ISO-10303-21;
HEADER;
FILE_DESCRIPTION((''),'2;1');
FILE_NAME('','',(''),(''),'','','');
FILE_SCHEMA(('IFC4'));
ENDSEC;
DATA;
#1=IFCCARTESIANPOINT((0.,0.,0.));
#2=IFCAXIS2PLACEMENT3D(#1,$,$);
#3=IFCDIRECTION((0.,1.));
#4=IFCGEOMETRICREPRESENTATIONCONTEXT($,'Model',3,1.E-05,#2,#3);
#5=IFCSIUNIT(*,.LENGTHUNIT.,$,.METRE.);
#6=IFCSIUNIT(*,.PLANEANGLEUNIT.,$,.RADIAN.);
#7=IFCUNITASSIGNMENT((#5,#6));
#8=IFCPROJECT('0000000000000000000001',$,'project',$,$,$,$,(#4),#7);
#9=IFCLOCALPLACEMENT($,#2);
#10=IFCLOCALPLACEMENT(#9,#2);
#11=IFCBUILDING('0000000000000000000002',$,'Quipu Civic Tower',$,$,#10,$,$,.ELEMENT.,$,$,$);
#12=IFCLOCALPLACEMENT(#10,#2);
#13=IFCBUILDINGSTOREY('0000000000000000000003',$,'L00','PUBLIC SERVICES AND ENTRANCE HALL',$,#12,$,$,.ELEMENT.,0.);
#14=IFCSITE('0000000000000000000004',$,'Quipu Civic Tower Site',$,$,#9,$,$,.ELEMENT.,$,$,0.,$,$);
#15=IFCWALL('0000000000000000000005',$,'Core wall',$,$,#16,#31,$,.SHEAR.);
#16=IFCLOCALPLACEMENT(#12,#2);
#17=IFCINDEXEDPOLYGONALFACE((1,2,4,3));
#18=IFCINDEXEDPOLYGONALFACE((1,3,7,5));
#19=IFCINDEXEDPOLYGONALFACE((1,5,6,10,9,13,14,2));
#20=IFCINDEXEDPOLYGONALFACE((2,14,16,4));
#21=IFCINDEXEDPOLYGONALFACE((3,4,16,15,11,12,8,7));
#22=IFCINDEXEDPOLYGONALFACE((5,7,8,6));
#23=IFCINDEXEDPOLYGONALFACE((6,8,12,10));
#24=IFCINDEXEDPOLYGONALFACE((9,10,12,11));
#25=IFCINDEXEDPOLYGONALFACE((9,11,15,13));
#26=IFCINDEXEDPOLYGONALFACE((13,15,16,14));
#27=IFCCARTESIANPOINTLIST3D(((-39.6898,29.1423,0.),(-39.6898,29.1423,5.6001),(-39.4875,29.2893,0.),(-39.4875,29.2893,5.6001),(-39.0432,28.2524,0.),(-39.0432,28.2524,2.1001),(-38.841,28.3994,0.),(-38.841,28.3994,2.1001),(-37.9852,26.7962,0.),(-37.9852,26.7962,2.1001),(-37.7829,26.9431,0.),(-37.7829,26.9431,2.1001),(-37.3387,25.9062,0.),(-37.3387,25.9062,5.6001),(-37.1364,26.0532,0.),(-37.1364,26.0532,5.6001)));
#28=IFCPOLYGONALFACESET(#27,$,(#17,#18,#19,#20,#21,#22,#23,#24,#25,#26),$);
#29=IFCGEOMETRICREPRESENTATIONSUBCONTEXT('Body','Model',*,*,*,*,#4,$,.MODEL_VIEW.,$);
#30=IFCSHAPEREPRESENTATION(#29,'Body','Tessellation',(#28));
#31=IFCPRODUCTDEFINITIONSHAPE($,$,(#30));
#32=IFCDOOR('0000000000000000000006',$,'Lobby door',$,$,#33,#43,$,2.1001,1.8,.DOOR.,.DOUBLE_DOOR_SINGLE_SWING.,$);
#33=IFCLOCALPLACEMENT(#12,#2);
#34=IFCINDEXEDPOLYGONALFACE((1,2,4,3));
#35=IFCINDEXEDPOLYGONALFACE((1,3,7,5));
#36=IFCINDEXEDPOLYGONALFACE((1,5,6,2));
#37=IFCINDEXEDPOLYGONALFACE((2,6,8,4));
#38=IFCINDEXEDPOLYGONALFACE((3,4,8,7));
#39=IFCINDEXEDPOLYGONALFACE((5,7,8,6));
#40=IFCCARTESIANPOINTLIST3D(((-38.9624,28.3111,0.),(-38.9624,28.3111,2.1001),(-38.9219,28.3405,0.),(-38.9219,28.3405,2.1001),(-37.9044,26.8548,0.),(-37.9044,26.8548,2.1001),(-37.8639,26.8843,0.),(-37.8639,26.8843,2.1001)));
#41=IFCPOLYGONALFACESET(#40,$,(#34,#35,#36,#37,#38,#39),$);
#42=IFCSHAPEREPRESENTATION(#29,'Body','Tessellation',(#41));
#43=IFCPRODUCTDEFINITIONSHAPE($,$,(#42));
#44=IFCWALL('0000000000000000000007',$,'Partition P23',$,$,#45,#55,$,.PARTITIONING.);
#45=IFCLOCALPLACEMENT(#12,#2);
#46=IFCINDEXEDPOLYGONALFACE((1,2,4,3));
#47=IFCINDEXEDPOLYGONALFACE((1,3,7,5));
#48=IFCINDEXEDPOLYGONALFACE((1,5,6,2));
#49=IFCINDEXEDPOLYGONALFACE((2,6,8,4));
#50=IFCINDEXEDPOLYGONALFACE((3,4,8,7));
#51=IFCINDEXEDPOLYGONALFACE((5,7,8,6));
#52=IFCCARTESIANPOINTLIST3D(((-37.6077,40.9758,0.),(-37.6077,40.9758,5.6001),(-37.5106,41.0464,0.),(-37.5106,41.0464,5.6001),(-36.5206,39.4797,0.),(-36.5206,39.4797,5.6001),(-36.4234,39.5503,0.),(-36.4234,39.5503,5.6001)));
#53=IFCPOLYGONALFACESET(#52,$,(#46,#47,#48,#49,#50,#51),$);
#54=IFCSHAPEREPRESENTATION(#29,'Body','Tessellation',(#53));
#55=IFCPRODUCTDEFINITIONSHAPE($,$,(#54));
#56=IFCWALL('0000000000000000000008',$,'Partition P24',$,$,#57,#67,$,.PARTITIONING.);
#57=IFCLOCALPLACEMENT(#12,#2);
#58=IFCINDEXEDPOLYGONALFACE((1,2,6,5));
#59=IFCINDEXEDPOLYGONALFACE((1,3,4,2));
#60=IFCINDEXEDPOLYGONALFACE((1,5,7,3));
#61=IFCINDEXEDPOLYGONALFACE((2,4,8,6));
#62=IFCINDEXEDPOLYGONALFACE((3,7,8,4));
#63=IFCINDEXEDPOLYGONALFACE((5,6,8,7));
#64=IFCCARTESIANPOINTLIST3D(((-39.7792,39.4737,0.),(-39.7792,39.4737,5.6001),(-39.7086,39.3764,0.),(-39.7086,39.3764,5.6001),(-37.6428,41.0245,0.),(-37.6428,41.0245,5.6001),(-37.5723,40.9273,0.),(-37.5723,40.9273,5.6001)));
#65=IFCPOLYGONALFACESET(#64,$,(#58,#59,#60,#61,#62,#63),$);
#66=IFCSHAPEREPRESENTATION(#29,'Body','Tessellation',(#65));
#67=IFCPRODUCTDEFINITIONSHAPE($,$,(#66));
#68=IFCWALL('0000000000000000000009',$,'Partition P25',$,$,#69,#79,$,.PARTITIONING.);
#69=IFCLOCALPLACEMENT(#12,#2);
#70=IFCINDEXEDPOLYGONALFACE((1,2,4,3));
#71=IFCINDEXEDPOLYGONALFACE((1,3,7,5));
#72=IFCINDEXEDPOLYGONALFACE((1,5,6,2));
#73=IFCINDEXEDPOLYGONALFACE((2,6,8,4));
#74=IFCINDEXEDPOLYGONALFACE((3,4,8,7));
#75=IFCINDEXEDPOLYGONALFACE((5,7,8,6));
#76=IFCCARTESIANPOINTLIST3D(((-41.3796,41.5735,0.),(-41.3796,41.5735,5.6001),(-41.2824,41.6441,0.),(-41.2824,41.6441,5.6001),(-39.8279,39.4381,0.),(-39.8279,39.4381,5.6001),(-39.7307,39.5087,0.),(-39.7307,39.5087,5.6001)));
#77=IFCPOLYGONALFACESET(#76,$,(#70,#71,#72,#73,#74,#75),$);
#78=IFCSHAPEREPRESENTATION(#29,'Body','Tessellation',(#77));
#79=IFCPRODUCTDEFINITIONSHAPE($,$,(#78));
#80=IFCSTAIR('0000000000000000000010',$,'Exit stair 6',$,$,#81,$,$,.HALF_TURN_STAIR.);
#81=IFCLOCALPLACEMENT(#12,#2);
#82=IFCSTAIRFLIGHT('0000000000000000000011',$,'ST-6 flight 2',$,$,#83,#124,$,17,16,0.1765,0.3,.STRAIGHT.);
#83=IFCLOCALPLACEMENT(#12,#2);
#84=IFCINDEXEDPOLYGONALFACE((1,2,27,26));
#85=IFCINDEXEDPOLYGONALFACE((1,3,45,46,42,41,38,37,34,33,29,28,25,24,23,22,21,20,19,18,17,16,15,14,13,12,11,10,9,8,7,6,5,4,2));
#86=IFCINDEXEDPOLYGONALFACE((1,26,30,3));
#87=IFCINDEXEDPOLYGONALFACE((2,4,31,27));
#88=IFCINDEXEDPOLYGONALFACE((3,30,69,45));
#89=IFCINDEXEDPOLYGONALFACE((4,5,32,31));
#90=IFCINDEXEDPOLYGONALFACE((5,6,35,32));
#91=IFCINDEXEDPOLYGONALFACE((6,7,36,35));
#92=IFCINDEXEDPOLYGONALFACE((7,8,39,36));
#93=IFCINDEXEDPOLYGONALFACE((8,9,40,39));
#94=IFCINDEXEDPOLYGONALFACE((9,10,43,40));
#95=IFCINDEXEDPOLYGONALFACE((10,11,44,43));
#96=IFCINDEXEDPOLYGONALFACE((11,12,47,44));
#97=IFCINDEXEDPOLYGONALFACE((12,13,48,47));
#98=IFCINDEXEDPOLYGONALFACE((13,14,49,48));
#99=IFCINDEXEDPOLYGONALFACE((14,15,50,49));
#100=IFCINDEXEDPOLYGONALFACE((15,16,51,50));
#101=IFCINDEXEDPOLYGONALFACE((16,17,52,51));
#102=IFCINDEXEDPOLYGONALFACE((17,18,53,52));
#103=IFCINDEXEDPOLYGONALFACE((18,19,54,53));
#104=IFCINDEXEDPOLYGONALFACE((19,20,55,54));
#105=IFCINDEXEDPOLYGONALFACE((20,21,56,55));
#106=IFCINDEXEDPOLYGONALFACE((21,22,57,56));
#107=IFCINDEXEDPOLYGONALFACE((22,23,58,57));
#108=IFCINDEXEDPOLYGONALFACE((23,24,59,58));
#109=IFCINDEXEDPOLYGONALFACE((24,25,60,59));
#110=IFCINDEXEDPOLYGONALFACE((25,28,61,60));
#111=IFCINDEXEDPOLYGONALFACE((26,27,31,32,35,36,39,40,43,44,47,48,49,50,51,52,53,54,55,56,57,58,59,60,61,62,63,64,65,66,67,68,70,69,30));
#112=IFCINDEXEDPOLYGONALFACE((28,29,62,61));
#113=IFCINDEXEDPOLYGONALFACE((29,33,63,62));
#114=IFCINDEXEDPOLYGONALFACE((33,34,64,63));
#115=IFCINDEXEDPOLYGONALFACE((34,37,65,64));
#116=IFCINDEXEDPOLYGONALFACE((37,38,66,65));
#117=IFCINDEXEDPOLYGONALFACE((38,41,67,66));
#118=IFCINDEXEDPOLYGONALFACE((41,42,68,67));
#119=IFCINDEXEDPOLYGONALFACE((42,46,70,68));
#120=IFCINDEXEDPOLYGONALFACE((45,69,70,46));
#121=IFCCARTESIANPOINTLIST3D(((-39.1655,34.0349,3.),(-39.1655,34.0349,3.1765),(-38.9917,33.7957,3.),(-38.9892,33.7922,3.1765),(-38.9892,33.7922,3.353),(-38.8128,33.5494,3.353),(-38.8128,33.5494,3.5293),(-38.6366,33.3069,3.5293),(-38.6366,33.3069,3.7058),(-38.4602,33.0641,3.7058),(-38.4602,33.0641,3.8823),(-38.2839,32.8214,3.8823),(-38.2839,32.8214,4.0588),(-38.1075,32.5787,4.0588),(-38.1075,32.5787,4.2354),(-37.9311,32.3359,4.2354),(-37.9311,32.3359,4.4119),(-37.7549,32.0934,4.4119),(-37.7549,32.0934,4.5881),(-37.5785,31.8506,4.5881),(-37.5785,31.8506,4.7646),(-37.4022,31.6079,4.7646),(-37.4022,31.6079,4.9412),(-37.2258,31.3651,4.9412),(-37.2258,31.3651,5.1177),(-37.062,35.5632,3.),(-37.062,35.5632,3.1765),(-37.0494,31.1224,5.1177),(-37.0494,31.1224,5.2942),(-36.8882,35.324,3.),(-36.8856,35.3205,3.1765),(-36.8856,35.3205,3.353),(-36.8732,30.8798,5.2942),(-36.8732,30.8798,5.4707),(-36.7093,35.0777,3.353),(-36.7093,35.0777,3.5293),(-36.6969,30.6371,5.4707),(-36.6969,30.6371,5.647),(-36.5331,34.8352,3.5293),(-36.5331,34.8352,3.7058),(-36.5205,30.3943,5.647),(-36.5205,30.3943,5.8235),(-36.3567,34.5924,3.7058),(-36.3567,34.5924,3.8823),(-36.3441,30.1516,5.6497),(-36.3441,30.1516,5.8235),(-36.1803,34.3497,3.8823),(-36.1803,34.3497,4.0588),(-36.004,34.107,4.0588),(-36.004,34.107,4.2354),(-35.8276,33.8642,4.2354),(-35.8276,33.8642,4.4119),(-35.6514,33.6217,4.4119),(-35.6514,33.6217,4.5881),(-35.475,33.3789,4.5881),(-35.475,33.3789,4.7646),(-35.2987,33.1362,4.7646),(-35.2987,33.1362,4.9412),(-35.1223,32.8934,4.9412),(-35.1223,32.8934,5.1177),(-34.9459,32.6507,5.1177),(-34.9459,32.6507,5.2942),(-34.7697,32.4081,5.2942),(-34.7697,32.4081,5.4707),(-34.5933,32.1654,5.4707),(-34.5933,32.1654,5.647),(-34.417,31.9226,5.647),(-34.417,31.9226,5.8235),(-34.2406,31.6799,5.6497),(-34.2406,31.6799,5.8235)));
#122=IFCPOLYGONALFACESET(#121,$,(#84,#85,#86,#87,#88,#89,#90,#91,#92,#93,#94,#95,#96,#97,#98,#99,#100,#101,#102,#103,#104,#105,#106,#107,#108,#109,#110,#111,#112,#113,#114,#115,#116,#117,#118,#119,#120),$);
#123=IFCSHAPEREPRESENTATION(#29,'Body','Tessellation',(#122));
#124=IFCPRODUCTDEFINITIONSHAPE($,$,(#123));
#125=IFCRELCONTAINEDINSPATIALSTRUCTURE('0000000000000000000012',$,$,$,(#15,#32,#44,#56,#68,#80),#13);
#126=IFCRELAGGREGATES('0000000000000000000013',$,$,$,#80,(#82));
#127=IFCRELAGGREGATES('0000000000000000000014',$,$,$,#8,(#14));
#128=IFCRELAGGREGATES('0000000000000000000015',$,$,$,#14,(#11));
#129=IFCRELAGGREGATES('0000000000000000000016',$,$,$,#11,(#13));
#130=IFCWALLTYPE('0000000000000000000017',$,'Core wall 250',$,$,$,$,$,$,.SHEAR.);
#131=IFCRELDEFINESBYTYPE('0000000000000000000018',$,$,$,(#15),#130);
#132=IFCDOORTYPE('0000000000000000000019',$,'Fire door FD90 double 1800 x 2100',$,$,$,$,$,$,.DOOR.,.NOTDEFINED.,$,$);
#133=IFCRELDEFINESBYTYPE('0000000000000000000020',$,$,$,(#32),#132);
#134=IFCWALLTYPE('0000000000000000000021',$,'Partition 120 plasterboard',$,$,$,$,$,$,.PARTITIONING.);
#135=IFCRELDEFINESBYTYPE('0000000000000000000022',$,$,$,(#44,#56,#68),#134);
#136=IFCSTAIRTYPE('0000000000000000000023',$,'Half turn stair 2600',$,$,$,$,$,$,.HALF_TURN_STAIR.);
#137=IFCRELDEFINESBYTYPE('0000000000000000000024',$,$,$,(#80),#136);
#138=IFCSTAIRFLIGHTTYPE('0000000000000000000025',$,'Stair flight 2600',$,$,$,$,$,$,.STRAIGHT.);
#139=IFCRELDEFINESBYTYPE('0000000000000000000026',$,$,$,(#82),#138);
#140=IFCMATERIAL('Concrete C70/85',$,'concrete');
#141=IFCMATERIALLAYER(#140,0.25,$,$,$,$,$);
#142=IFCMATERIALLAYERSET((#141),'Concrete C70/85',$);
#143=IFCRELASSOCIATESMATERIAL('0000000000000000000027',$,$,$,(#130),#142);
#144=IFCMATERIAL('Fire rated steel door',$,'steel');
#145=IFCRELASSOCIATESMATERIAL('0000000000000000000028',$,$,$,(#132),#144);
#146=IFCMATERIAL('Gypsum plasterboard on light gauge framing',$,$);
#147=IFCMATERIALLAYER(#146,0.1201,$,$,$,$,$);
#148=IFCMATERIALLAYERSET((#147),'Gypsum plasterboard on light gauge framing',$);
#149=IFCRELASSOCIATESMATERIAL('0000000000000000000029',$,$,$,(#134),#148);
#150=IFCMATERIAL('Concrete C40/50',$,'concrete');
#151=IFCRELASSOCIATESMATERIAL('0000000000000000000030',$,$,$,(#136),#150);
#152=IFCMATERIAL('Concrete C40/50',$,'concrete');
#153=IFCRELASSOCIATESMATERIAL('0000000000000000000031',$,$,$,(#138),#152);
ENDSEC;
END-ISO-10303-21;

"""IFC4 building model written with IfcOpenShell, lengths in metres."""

from ifc_helpers import new_model, si_unit, direction, frame, frame_2d, origin, place, context, subcontext, project, spatial, polyline, rectangle, outline, extrude, material, layer, layer_set, type_object, element, fill, aggregate, save


model = new_model("IFC4")

# Units and contexts
model_context = context("Model", 3, precision=1e-05, world=origin(), true_north=direction((0.0, 1.0)))
body_context = subcontext(model_context, "Body", "Model", "MODEL_VIEW")
ifc_project = project(units=[si_unit("LENGTHUNIT", "METRE"), si_unit("PLANEANGLEUNIT", "RADIAN")], contexts=[model_context])

# Site, building, storey
site_placement = place(None, origin())
site = spatial("IfcSite", under=ifc_project, at=site_placement, Name="Quipu Civic Tower Site", CompositionType="ELEMENT", RefElevation=0.0)
building_placement = place(site_placement, origin())
building = spatial("IfcBuilding", under=site, at=building_placement, Name="Quipu Civic Tower", CompositionType="ELEMENT")
storey_placement = place(building_placement, origin())
storey = spatial("IfcBuildingStorey", under=building, at=storey_placement, Name="L00", Description="PUBLIC SERVICES AND ENTRANCE HALL", CompositionType="ELEMENT", Elevation=0.0)

# Shared definitions
ifc_material_1 = material(Name="Concrete C70/85", Category="concrete")
ifc_layer_1 = layer(ifc_material_1, 0.25)
ifc_layer_set_1 = layer_set([ifc_layer_1], Name="Concrete C70/85")
wall_type_1 = type_object("IfcWallType", Name="Core wall 250", PredefinedType="SHEAR", material=ifc_layer_set_1)

# Wall, opening, door
wall_1_placement = place(storey_placement, frame((-39.5886, 29.2158, 0.0), z_axis=(0.0, 0.0, 1.0), x_axis=(0.587772, -0.809026, 0.0)))
wall_1 = element("IfcWall", 1, at=wall_1_placement, inside=storey, type_object=wall_type_1, Name="Core wall", PredefinedType="SHEAR", context=body_context, shape_type="SweptSolid", body=[
    extrude(rectangle(XDim=4.0, YDim=0.25, at=frame_2d((2.0, 0.0))), origin(), (0.0, 0.0, 1.0), 5.6001),
])
opening_placement = place(wall_1_placement, frame((1.1001, 0.0, 0.0)))
opening = element("IfcOpeningElement", 2, at=opening_placement, cuts=wall_1, PredefinedType="OPENING", context=body_context, shape_type="SweptSolid", body=[
    extrude(rectangle(XDim=1.8, YDim=2.1001, at=frame_2d((0.8999, 1.05))), frame((0.0, 0.135, 0.0), z_axis=(0.0, -1.0, 0.0), x_axis=(1.0, 0.0, 0.0)), (0.0, 0.0, 1.0), 0.27),
])
ifc_material_2 = material(Name="Fire rated steel door", Category="steel")
door_type = type_object("IfcDoorType", Name="Fire door FD90 double 1800 x 2100", OperationType="NOTDEFINED", PredefinedType="DOOR", material=ifc_material_2)
door_placement = place(opening_placement, origin())
door = element("IfcDoor", 3, at=door_placement, inside=storey, type_object=door_type, Name="Lobby door", OperationType="DOUBLE_DOOR_SINGLE_SWING", OverallHeight=2.1001, OverallWidth=1.8, PredefinedType="DOOR", context=body_context, shape_type="SweptSolid", body=[
    extrude(rectangle(XDim=1.8, YDim=2.1001, at=frame_2d((0.8999, 1.05))), frame((0.0, 0.0249, 0.0), z_axis=(0.0, -1.0, 0.0), x_axis=(1.0, 0.0, 0.0)), (0.0, 0.0, 1.0), 0.05),
])
fill(opening, door)

# Walls
ifc_material_3 = material(Name="Gypsum plasterboard on light gauge framing")
ifc_layer_2 = layer(ifc_material_3, 0.1201)
ifc_layer_set_2 = layer_set([ifc_layer_2], Name="Gypsum plasterboard on light gauge framing")
wall_type_2 = type_object("IfcWallType", Name="Partition 120 plasterboard", PredefinedType="PARTITIONING", material=ifc_layer_set_2)
wall_2_placement = place(storey_placement, frame((-36.4719, 39.5149, 0.0), z_axis=(0.0, 0.0, 1.0), x_axis=(-0.58785, 0.80897, 0.0)))
element("IfcWall", 4, at=wall_2_placement, inside=storey, type_object=wall_type_2, Name="Partition P23", PredefinedType="PARTITIONING", context=body_context, shape_type="SweptSolid", body=[
    extrude(rectangle(XDim=1.8494, YDim=0.1201, at=frame_2d((0.9248, 0.0))), origin(), (0.0, 0.0, 1.0), 5.6001),
])
wall_3_placement = place(storey_placement, frame((-37.6077, 40.9758, 0.0), z_axis=(0.0, 0.0, 1.0), x_axis=(-0.809248, -0.587468, 0.0)))
element("IfcWall", 5, at=wall_3_placement, inside=storey, type_object=wall_type_2, Name="Partition P24", PredefinedType="PARTITIONING", context=body_context, shape_type="SweptSolid", body=[
    extrude(rectangle(XDim=2.6399, YDim=0.1201, at=frame_2d((1.3198, 0.0))), origin(), (0.0, 0.0, 1.0), 5.6001),
])
wall_4_placement = place(storey_placement, frame((-39.7793, 39.4734, 0.0), z_axis=(0.0, 0.0, 1.0), x_axis=(-0.587842, 0.808976, 0.0)))
element("IfcWall", 6, at=wall_4_placement, inside=storey, type_object=wall_type_2, Name="Partition P25", PredefinedType="PARTITIONING", context=body_context, shape_type="SweptSolid", body=[
    extrude(rectangle(XDim=2.6396, YDim=0.1201, at=frame_2d((1.3198, 0.0))), origin(), (0.0, 0.0, 1.0), 5.6001),
])

# Stair, stair flight
ifc_material_4 = material(Name="Concrete C40/50", Category="concrete")
stair_type = type_object("IfcStairType", Name="Half turn stair 2600", PredefinedType="HALF_TURN_STAIR", material=ifc_material_4)
stair_placement = place(storey_placement, origin())
stair = element("IfcStair", 7, at=stair_placement, inside=storey, type_object=stair_type, Name="Exit stair 6", PredefinedType="HALF_TURN_STAIR")
ifc_material_5 = material(Name="Concrete C40/50", Category="concrete")
stair_flight_type = type_object("IfcStairFlightType", Name="Stair flight 2600", PredefinedType="STRAIGHT", material=ifc_material_5)
stair_flight_placement = place(storey_placement, frame((-38.1138, 34.7991, 3.0), z_axis=(0.0, 0.0, 1.0), x_axis=(0.587785, -0.809017, 0.0)))
stair_flight = element("IfcStairFlight", 8, at=stair_flight_placement, type_object=stair_flight_type, Name="ST-6 flight 2", NumberOfRisers=17, NumberOfTreads=16, PredefinedType="STRAIGHT", RiserHeight=0.1765, TreadLength=0.3, context=body_context, shape_type="SweptSolid", body=[
    extrude(outline(polyline([(0.0, 0.0), (0.0, 0.1765), (0.3, 0.1765), (0.3, 0.353), (0.6001, 0.353), (0.6001, 0.5293), (0.8999, 0.5293), (0.8999, 0.7058), (1.2, 0.7058), (1.2, 0.8823), (1.5, 0.8823), (1.5, 1.0588), (1.8, 1.0588), (1.8, 1.2354), (2.1001, 1.2354), (2.1001, 1.4119), (2.3999, 1.4119), (2.3999, 1.5881), (2.7, 1.5881), (2.7, 1.7646), (3.0, 1.7646), (3.0, 1.9412), (3.3, 1.9412), (3.3, 2.1177), (3.6001, 2.1177), (3.6001, 2.2942), (3.8999, 2.2942), (3.8999, 2.4707), (4.2, 2.4707), (4.2, 2.647), (4.5, 2.647), (4.5, 2.8235), (4.8, 2.8235), (4.8, 3.0), (4.8, 2.6497), (0.2957, 0.0), (0.0, 0.0)])), frame((0.0, 1.3, 0.0), z_axis=(0.0, -1.0, 0.0), x_axis=(1.0, 0.0, 0.0)), (0.0, 0.0, 1.0), 2.6001),
])
aggregate(stair, [stair_flight])

save(model, "model.ifc")
